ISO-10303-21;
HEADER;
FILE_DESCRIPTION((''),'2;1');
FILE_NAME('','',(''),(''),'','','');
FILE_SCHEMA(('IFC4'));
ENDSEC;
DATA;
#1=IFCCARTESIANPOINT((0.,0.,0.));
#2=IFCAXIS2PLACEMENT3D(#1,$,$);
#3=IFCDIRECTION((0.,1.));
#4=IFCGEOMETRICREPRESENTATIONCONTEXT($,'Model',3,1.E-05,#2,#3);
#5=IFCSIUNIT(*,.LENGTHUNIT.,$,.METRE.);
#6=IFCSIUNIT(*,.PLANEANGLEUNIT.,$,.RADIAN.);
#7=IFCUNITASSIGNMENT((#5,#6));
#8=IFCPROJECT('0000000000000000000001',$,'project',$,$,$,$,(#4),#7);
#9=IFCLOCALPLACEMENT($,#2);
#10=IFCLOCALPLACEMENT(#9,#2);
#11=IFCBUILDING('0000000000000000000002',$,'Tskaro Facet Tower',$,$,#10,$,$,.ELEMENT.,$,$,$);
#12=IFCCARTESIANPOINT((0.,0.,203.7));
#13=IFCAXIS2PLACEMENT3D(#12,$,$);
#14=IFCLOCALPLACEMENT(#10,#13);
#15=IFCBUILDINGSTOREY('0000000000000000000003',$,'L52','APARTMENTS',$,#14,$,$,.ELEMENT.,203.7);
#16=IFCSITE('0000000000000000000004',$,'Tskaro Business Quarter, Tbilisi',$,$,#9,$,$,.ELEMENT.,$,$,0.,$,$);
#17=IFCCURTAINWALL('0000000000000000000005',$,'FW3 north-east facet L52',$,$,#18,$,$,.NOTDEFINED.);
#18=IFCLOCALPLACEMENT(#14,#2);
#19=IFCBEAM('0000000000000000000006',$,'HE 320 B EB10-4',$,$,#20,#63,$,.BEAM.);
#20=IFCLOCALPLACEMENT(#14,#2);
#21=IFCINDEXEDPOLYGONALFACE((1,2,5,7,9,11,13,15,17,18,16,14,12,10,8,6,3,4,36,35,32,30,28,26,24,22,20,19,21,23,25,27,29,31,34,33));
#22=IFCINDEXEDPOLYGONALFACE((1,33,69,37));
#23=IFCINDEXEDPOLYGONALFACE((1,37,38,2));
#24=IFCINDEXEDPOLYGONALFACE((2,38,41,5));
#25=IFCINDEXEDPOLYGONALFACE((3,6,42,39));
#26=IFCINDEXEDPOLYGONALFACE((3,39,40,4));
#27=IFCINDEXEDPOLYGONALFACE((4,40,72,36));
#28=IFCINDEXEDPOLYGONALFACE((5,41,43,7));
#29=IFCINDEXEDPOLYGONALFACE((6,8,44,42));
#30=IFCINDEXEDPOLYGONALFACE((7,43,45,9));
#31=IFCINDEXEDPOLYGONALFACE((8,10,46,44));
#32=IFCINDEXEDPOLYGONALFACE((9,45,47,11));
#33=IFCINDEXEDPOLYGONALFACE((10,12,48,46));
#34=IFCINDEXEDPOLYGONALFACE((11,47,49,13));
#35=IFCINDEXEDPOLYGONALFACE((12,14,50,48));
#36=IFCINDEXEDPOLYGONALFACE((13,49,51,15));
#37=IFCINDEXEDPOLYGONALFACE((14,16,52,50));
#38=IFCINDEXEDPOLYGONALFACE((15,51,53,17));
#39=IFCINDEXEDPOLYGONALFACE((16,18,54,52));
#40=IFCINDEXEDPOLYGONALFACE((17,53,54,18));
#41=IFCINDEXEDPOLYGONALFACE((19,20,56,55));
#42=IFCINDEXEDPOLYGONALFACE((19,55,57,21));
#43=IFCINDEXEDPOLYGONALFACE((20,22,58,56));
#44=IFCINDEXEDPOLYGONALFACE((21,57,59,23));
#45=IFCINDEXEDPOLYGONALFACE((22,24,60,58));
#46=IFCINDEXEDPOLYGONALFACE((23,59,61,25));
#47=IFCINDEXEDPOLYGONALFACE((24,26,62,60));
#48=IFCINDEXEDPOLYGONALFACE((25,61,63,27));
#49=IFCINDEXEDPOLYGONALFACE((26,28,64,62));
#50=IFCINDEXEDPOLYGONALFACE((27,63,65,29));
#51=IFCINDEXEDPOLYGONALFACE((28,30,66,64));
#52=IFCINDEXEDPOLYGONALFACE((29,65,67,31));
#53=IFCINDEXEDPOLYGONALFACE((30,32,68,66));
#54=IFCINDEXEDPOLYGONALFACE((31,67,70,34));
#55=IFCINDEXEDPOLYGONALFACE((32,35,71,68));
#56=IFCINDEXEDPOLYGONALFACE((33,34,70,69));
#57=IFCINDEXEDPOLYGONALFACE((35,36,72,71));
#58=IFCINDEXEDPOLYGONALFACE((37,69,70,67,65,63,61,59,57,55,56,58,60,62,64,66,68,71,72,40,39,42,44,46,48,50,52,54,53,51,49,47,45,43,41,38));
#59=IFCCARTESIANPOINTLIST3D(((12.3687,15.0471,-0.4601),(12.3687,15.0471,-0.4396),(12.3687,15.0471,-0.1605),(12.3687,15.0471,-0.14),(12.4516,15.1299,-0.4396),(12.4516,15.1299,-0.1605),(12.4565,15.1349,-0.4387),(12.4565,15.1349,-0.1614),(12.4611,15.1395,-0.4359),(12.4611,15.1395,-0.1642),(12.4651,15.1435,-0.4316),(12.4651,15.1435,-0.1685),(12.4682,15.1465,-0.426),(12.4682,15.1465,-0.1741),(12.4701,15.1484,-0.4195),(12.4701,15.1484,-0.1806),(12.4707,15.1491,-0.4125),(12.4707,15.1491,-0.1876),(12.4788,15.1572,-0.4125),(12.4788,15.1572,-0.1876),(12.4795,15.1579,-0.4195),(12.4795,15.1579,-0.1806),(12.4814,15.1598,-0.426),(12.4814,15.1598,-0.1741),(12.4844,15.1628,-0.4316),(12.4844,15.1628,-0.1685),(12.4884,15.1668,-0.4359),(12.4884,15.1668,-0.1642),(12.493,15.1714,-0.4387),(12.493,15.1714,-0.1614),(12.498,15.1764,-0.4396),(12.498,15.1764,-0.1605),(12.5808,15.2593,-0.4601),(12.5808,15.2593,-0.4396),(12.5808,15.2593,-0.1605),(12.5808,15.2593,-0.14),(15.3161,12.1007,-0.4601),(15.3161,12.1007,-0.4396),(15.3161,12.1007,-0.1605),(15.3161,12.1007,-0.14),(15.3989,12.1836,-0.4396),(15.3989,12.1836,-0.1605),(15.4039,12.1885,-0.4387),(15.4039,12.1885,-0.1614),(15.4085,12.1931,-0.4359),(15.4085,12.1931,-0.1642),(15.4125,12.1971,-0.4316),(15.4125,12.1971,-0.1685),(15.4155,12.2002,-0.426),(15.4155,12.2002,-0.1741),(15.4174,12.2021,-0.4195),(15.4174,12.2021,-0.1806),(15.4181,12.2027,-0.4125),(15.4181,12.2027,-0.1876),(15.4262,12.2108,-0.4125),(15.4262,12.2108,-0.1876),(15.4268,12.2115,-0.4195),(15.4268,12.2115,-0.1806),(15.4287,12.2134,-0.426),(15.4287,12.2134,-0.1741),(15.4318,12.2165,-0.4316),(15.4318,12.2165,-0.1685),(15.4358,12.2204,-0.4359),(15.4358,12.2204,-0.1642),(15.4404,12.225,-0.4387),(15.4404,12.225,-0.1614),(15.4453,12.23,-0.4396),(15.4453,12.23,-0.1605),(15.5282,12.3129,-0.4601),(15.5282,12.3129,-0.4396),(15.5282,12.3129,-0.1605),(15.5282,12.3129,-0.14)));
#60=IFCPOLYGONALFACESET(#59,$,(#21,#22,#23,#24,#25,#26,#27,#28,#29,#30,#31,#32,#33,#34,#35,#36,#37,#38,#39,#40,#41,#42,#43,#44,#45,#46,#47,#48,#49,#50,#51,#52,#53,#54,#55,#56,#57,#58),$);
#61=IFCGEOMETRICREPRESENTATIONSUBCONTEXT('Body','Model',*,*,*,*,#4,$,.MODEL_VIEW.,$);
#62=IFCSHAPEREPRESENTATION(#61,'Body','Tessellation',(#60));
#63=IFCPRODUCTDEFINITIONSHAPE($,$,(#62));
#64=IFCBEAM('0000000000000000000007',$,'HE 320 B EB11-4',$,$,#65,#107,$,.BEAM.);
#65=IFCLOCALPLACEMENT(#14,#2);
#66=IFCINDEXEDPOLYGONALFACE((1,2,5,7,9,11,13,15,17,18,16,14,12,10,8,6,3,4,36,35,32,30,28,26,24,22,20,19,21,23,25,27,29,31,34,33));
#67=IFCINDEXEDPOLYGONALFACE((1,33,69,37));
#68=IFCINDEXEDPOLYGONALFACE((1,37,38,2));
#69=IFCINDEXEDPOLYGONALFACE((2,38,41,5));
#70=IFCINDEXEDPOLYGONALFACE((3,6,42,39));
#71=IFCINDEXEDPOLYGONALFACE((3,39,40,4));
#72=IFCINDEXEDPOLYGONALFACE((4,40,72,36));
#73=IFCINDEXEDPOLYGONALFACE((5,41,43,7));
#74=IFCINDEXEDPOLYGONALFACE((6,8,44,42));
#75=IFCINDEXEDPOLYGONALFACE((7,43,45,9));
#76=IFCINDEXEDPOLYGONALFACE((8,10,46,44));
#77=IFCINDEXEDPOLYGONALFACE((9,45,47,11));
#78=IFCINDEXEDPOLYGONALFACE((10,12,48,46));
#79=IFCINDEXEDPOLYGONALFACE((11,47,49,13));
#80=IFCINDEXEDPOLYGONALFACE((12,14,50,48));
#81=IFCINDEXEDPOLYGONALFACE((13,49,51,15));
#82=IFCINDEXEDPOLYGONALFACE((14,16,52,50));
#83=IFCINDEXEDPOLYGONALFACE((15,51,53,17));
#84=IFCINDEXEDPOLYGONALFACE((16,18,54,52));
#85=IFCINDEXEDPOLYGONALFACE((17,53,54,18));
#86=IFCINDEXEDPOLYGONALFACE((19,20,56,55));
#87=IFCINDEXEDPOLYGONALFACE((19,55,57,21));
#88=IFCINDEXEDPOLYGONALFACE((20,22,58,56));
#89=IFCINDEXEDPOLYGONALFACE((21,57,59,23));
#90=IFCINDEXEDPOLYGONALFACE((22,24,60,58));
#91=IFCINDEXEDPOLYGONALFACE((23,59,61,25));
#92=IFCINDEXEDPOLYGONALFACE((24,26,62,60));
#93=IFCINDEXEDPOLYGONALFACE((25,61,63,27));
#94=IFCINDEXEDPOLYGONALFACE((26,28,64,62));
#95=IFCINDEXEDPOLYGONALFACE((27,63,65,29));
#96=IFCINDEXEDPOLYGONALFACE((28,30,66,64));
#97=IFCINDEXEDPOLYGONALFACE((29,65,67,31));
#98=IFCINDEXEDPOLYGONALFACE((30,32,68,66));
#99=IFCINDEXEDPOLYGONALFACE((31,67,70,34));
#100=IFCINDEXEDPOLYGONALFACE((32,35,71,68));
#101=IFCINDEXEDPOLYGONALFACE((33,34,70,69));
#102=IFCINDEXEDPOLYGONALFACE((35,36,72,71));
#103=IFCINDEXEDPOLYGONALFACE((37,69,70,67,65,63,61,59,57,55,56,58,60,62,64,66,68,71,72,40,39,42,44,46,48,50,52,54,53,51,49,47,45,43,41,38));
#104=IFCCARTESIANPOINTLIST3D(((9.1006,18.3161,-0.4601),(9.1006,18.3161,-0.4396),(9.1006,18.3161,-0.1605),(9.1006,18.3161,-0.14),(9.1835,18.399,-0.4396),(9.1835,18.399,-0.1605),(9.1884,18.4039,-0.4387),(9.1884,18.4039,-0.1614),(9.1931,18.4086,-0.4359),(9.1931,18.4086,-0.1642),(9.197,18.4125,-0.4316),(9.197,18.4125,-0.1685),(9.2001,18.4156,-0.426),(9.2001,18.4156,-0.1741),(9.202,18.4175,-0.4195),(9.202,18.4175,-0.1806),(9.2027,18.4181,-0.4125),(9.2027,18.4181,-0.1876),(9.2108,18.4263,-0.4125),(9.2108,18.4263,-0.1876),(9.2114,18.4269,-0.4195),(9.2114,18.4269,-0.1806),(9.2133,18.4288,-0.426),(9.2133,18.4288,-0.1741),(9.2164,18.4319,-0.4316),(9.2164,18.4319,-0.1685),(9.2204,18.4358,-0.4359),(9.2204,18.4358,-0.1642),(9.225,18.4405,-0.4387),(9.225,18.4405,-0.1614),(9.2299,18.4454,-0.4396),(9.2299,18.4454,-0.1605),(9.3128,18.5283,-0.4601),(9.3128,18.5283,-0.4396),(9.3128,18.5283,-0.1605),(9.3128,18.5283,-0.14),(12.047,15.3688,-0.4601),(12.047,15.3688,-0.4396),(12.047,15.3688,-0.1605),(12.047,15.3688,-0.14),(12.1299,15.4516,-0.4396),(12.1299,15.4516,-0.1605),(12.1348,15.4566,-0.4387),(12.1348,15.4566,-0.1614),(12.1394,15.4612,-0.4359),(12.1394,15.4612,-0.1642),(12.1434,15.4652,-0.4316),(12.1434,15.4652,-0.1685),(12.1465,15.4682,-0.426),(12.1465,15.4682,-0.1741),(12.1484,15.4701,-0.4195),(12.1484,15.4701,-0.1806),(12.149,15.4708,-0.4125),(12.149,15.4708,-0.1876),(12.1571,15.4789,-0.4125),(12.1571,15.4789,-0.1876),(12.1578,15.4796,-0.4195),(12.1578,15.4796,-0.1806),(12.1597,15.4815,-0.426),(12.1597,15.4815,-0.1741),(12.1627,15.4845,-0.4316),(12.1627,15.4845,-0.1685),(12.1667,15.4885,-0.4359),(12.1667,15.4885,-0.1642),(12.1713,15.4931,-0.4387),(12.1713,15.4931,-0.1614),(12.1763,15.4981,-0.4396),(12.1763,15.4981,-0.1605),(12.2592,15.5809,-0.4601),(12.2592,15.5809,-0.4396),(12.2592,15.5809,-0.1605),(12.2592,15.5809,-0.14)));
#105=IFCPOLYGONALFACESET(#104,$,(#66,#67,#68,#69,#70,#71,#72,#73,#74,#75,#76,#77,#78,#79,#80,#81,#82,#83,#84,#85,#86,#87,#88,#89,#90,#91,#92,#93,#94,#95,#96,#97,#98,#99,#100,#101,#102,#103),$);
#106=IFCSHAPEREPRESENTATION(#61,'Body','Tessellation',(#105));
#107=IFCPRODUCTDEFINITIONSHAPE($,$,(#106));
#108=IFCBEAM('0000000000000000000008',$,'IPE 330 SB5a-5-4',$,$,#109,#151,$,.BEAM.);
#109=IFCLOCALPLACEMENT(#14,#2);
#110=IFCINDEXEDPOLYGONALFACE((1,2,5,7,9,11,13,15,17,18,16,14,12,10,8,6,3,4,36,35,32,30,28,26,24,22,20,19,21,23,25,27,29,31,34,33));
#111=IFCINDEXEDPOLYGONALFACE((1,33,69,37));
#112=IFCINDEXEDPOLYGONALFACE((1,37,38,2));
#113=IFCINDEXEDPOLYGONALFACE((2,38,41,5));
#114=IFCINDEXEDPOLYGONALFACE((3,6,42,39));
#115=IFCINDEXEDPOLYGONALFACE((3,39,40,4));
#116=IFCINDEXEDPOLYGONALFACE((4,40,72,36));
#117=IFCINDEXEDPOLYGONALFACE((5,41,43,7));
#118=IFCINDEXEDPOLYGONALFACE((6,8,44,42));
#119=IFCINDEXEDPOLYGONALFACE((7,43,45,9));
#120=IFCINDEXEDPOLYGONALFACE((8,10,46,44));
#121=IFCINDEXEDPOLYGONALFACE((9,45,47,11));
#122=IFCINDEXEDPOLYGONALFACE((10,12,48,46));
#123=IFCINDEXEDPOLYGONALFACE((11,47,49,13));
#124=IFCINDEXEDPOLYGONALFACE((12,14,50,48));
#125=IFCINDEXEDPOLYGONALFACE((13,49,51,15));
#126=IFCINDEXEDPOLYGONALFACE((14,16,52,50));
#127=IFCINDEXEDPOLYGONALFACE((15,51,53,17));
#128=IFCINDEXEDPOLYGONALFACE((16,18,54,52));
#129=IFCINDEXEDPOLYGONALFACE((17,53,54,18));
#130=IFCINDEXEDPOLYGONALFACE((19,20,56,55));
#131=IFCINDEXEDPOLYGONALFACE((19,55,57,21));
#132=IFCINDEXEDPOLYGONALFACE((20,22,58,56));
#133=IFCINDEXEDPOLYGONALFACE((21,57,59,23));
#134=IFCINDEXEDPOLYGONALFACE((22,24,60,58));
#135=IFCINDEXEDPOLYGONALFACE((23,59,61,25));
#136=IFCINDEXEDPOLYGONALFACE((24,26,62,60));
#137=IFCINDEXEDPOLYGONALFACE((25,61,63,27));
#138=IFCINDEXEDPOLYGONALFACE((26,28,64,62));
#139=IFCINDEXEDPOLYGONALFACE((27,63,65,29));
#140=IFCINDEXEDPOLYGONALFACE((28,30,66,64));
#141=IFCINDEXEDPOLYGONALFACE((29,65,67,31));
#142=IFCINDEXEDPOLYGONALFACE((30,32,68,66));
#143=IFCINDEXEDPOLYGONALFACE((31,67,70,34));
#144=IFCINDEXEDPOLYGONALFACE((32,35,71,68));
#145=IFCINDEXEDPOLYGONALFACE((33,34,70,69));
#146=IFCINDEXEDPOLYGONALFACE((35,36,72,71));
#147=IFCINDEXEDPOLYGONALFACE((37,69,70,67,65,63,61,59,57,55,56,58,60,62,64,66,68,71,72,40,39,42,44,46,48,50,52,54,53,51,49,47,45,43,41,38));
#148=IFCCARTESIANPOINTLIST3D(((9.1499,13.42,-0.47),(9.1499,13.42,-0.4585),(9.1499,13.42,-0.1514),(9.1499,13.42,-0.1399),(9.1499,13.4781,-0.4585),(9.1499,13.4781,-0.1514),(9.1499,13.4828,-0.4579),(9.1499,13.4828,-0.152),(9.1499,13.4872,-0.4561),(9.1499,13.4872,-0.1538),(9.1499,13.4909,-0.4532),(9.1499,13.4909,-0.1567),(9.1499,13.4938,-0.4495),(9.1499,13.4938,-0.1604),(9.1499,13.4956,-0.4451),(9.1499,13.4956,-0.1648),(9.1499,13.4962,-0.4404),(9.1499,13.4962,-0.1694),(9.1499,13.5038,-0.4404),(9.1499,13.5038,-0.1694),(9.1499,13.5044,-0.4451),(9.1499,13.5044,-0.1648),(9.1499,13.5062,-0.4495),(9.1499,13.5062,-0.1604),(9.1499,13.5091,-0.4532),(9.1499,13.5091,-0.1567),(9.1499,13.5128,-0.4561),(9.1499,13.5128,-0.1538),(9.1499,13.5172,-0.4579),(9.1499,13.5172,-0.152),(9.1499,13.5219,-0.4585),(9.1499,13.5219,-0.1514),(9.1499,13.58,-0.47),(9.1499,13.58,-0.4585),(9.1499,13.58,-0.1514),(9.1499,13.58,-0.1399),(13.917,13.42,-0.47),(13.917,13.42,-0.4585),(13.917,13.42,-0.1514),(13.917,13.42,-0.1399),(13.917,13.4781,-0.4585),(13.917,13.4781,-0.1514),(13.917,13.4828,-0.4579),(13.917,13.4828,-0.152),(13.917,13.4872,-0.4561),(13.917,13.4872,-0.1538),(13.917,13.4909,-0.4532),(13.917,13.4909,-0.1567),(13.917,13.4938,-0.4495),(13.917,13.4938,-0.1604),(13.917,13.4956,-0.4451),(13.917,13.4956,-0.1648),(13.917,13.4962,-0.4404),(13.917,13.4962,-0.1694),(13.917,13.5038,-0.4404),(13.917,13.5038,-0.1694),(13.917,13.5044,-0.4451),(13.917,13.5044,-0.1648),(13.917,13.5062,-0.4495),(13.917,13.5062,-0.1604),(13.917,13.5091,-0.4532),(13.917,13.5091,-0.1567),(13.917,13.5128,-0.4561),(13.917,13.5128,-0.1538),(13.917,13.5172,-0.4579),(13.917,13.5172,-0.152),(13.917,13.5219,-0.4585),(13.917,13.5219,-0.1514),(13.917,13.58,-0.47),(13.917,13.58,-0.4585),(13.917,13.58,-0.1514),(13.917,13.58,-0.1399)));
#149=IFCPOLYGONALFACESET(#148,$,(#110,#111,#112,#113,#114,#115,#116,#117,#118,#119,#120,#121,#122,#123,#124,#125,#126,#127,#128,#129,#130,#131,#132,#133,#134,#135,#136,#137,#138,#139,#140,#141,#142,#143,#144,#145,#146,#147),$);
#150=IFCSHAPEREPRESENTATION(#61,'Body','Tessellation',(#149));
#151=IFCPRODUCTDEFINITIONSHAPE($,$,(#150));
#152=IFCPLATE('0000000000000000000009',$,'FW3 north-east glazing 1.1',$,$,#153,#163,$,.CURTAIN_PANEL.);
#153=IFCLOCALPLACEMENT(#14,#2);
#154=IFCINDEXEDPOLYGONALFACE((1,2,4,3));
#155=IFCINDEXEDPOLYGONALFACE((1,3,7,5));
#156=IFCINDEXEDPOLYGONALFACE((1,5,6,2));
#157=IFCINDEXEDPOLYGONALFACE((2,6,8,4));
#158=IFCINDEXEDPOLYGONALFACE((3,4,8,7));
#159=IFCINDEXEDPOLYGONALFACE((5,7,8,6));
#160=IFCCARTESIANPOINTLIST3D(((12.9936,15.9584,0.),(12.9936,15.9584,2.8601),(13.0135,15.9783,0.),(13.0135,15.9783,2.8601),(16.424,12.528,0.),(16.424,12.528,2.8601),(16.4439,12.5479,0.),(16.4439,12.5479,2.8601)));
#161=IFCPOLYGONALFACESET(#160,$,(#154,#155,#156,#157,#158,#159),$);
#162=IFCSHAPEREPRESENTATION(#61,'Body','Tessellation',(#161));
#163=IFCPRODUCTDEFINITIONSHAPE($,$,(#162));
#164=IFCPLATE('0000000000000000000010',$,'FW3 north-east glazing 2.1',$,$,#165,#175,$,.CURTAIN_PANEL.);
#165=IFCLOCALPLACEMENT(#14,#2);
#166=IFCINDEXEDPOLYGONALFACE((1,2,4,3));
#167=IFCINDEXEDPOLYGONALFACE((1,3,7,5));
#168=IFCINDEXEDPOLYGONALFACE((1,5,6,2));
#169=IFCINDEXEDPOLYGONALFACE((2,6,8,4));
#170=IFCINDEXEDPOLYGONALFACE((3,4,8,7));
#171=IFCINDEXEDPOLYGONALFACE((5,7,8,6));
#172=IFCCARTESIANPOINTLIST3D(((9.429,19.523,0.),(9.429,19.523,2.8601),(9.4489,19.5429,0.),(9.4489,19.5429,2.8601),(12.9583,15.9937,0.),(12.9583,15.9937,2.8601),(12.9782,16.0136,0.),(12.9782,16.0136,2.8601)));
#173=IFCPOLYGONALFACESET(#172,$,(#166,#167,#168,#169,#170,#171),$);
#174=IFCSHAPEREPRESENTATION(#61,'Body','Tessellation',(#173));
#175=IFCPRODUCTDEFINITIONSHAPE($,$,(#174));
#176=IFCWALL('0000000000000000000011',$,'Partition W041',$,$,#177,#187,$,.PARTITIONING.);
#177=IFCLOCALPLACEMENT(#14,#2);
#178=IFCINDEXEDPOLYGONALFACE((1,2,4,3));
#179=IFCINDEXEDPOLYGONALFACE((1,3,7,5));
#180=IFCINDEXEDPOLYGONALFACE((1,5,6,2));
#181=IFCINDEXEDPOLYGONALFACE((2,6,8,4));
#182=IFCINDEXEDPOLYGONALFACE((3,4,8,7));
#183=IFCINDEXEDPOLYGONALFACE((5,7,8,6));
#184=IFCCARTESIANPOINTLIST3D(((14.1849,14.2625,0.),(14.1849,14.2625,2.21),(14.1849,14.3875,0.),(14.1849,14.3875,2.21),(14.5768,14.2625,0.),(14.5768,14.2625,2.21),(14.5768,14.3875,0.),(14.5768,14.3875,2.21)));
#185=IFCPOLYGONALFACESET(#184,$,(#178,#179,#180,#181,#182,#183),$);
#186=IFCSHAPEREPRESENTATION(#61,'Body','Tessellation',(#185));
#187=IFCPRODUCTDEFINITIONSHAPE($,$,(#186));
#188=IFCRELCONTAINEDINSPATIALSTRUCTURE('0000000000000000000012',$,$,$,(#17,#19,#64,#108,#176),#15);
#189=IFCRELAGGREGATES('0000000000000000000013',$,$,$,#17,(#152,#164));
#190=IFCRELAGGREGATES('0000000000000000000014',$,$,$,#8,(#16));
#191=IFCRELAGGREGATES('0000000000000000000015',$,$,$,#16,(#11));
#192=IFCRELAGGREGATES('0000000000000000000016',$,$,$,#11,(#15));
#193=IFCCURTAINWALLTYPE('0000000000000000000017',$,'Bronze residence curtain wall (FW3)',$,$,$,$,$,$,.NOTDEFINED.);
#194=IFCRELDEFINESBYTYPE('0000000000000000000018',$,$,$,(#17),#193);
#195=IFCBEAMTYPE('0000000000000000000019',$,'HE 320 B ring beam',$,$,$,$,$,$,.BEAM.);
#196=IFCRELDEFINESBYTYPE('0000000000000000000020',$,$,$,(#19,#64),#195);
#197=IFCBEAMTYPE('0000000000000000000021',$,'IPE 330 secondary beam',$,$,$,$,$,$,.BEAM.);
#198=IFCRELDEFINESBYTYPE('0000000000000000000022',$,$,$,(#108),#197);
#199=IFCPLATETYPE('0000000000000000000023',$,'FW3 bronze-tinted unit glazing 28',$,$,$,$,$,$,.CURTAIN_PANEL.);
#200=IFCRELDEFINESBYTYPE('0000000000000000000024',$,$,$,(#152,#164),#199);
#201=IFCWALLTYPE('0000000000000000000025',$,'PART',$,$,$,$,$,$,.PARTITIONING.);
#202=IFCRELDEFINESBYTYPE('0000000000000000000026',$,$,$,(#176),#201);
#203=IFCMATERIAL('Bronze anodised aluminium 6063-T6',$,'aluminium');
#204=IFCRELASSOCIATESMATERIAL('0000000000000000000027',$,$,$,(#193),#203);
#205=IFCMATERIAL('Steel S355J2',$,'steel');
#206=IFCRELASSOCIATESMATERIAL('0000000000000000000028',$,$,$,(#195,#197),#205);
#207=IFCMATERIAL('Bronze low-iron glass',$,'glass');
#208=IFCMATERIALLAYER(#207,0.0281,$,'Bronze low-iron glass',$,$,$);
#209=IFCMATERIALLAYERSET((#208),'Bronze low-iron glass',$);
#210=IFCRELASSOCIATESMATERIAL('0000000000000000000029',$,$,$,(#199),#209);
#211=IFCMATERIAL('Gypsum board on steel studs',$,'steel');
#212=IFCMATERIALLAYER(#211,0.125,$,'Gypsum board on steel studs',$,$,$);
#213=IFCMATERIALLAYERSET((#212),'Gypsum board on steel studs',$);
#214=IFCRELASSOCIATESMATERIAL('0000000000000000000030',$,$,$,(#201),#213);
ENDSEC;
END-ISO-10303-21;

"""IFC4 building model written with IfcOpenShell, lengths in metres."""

from ifc_helpers import new_model, si_unit, direction, frame, frame_2d, origin, origin_2d, place, context, subcontext, project, spatial, rectangle, i_section, extrude, material, layer, layer_set, material_profile, profile_set, type_object, element, aggregate, save


model = new_model("IFC4")

# Units and contexts
model_context = context("Model", 3, precision=1e-05, world=origin(), true_north=direction((0.0, 1.0)))
body_context = subcontext(model_context, "Body", "Model", "MODEL_VIEW")
ifc_project = project(units=[si_unit("LENGTHUNIT", "METRE"), si_unit("PLANEANGLEUNIT", "RADIAN")], contexts=[model_context])

# Site, building, storey
site_placement = place(None, origin())
site = spatial("IfcSite", under=ifc_project, at=site_placement, Name="Tskaro Business Quarter, Tbilisi", CompositionType="ELEMENT", RefElevation=0.0)
building_placement = place(site_placement, origin())
building = spatial("IfcBuilding", under=site, at=building_placement, Name="Tskaro Facet Tower", CompositionType="ELEMENT")
storey_placement = place(building_placement, frame((0.0, 0.0, 203.7)))
storey = spatial("IfcBuildingStorey", under=building, at=storey_placement, Name="L52", Description="APARTMENTS", CompositionType="ELEMENT", Elevation=203.7)

# Curtain wall
ifc_material_1 = material(Name="Bronze anodised aluminium 6063-T6", Category="aluminium")
curtain_wall_type = type_object("IfcCurtainWallType", Name="Bronze residence curtain wall (FW3)", PredefinedType="NOTDEFINED", material=ifc_material_1)
curtain_wall_1_placement = place(storey_placement, origin())
curtain_wall_1 = element("IfcCurtainWall", 1, at=curtain_wall_1_placement, inside=storey, type_object=curtain_wall_type, Name="FW3 north-east facet L52", PredefinedType="NOTDEFINED")

# Beams
ifc_material_2 = material(Name="Steel S355J2", Category="steel")
ifc_material_profile_1 = material_profile(ifc_material_2, i_section(OverallWidth=0.3, OverallDepth=0.3201, WebThickness=0.0115, FlangeThickness=0.0205, FilletRadius=0.0271, at=origin_2d()), Name="HE 320 B")
ifc_profile_set_1 = profile_set([ifc_material_profile_1], Name="Steel S355J2")
beam_type_1 = type_object("IfcBeamType", Name="HE 320 B ring beam", PredefinedType="BEAM", material=ifc_profile_set_1)
for number, where, z_axis, x_axis, name in (
    (2, (15.4221, 12.2068, -0.3), (-0.707224, 0.70699, 0.0), (-0.70699, -0.707224, 0.0), "HE 320 B EB10-4"),
    (3, (12.1531, 15.4749, -0.3), (-0.70699, 0.707224, 0.0), (-0.707224, -0.70699, 0.0), "HE 320 B EB11-4"),
):
    element("IfcBeam", number, at=place(storey_placement, frame(where, z_axis=z_axis, x_axis=x_axis)), inside=storey, type_object=beam_type_1, Name=name, PredefinedType="BEAM", context=body_context, shape_type="SweptSolid", body=[
        extrude(i_section(OverallWidth=0.3, OverallDepth=0.3201, WebThickness=0.0115, FlangeThickness=0.0205, FilletRadius=0.0271, at=origin_2d()), origin(), (0.0, 0.0, 1.0), 4.1675),
    ])
ifc_material_profile_2 = material_profile(ifc_material_2, i_section(OverallWidth=0.1599, OverallDepth=0.3301, WebThickness=0.0076, FlangeThickness=0.0115, FilletRadius=0.0181, at=origin_2d()), Name="IPE 330")
ifc_profile_set_2 = profile_set([ifc_material_profile_2], Name="Steel S355J2")
beam_type_2 = type_object("IfcBeamType", Name="IPE 330 secondary beam", PredefinedType="BEAM", material=ifc_profile_set_2)
beam_placement = place(storey_placement, frame((9.1499, 13.5, -0.3049), z_axis=(1.0, 0.0, 0.0), x_axis=(0.0, 1.0, 0.0)))
element("IfcBeam", 4, at=beam_placement, inside=storey, type_object=beam_type_2, Name="IPE 330 SB5a-5-4", PredefinedType="BEAM", context=body_context, shape_type="SweptSolid", body=[
    extrude(i_section(OverallWidth=0.1599, OverallDepth=0.3301, WebThickness=0.0076, FlangeThickness=0.0115, FilletRadius=0.0181, at=origin_2d()), origin(), (0.0, 0.0, 1.0), 4.7671),
])

# Plates
ifc_material_3 = material(Name="Bronze low-iron glass", Category="glass")
ifc_layer_1 = layer(ifc_material_3, 0.0281, Name="Bronze low-iron glass")
ifc_layer_set_1 = layer_set([ifc_layer_1], Name="Bronze low-iron glass")
plate_type = type_object("IfcPlateType", Name="FW3 bronze-tinted unit glazing 28", PredefinedType="CURTAIN_PANEL", material=ifc_layer_set_1)
plate_1_placement = place(storey_placement, frame((14.7188, 14.2532, 0.0), z_axis=(0.0, 0.0, 1.0), x_axis=(-0.707107, 0.707107, 0.0)))
plate_1 = element("IfcPlate", 5, at=plate_1_placement, type_object=plate_type, Name="FW3 north-east glazing 1.1", PredefinedType="CURTAIN_PANEL", context=body_context, shape_type="SweptSolid", body=[
    extrude(rectangle(XDim=4.8513, YDim=0.0281, at=origin_2d()), origin(), (0.0, 0.0, 1.0), 2.8601),
])
plate_2_placement = place(storey_placement, frame((11.2036, 17.7683, 0.0), z_axis=(0.0, 0.0, 1.0), x_axis=(-0.707107, 0.707107, 0.0)))
plate_2 = element("IfcPlate", 6, at=plate_2_placement, type_object=plate_type, Name="FW3 north-east glazing 2.1", PredefinedType="CURTAIN_PANEL", context=body_context, shape_type="SweptSolid", body=[
    extrude(rectangle(XDim=4.9912, YDim=0.0281, at=origin_2d()), origin(), (0.0, 0.0, 1.0), 2.8601),
])
aggregate(curtain_wall_1, [plate_1, plate_2])

# Wall
ifc_material_4 = material(Name="Gypsum board on steel studs", Category="steel")
ifc_layer_2 = layer(ifc_material_4, 0.125, Name="Gypsum board on steel studs")
ifc_layer_set_2 = layer_set([ifc_layer_2], Name="Gypsum board on steel studs")
wall_type_1 = type_object("IfcWallType", Name="PART", PredefinedType="PARTITIONING", material=ifc_layer_set_2)
wall_1_placement = place(storey_placement, frame((14.1851, 14.325, 0.0), z_axis=(0.0, 0.0, 1.0), x_axis=(1.0, 0.0, 0.0)))
element("IfcWall", 7, at=wall_1_placement, inside=storey, type_object=wall_type_1, Name="Partition W041", PredefinedType="PARTITIONING", context=body_context, shape_type="SweptSolid", body=[
    extrude(rectangle(XDim=0.3918, YDim=0.125, at=frame_2d((0.1958, 0.0))), origin(), (0.0, 0.0, 1.0), 2.21),
])

save(model, "model.ifc")
